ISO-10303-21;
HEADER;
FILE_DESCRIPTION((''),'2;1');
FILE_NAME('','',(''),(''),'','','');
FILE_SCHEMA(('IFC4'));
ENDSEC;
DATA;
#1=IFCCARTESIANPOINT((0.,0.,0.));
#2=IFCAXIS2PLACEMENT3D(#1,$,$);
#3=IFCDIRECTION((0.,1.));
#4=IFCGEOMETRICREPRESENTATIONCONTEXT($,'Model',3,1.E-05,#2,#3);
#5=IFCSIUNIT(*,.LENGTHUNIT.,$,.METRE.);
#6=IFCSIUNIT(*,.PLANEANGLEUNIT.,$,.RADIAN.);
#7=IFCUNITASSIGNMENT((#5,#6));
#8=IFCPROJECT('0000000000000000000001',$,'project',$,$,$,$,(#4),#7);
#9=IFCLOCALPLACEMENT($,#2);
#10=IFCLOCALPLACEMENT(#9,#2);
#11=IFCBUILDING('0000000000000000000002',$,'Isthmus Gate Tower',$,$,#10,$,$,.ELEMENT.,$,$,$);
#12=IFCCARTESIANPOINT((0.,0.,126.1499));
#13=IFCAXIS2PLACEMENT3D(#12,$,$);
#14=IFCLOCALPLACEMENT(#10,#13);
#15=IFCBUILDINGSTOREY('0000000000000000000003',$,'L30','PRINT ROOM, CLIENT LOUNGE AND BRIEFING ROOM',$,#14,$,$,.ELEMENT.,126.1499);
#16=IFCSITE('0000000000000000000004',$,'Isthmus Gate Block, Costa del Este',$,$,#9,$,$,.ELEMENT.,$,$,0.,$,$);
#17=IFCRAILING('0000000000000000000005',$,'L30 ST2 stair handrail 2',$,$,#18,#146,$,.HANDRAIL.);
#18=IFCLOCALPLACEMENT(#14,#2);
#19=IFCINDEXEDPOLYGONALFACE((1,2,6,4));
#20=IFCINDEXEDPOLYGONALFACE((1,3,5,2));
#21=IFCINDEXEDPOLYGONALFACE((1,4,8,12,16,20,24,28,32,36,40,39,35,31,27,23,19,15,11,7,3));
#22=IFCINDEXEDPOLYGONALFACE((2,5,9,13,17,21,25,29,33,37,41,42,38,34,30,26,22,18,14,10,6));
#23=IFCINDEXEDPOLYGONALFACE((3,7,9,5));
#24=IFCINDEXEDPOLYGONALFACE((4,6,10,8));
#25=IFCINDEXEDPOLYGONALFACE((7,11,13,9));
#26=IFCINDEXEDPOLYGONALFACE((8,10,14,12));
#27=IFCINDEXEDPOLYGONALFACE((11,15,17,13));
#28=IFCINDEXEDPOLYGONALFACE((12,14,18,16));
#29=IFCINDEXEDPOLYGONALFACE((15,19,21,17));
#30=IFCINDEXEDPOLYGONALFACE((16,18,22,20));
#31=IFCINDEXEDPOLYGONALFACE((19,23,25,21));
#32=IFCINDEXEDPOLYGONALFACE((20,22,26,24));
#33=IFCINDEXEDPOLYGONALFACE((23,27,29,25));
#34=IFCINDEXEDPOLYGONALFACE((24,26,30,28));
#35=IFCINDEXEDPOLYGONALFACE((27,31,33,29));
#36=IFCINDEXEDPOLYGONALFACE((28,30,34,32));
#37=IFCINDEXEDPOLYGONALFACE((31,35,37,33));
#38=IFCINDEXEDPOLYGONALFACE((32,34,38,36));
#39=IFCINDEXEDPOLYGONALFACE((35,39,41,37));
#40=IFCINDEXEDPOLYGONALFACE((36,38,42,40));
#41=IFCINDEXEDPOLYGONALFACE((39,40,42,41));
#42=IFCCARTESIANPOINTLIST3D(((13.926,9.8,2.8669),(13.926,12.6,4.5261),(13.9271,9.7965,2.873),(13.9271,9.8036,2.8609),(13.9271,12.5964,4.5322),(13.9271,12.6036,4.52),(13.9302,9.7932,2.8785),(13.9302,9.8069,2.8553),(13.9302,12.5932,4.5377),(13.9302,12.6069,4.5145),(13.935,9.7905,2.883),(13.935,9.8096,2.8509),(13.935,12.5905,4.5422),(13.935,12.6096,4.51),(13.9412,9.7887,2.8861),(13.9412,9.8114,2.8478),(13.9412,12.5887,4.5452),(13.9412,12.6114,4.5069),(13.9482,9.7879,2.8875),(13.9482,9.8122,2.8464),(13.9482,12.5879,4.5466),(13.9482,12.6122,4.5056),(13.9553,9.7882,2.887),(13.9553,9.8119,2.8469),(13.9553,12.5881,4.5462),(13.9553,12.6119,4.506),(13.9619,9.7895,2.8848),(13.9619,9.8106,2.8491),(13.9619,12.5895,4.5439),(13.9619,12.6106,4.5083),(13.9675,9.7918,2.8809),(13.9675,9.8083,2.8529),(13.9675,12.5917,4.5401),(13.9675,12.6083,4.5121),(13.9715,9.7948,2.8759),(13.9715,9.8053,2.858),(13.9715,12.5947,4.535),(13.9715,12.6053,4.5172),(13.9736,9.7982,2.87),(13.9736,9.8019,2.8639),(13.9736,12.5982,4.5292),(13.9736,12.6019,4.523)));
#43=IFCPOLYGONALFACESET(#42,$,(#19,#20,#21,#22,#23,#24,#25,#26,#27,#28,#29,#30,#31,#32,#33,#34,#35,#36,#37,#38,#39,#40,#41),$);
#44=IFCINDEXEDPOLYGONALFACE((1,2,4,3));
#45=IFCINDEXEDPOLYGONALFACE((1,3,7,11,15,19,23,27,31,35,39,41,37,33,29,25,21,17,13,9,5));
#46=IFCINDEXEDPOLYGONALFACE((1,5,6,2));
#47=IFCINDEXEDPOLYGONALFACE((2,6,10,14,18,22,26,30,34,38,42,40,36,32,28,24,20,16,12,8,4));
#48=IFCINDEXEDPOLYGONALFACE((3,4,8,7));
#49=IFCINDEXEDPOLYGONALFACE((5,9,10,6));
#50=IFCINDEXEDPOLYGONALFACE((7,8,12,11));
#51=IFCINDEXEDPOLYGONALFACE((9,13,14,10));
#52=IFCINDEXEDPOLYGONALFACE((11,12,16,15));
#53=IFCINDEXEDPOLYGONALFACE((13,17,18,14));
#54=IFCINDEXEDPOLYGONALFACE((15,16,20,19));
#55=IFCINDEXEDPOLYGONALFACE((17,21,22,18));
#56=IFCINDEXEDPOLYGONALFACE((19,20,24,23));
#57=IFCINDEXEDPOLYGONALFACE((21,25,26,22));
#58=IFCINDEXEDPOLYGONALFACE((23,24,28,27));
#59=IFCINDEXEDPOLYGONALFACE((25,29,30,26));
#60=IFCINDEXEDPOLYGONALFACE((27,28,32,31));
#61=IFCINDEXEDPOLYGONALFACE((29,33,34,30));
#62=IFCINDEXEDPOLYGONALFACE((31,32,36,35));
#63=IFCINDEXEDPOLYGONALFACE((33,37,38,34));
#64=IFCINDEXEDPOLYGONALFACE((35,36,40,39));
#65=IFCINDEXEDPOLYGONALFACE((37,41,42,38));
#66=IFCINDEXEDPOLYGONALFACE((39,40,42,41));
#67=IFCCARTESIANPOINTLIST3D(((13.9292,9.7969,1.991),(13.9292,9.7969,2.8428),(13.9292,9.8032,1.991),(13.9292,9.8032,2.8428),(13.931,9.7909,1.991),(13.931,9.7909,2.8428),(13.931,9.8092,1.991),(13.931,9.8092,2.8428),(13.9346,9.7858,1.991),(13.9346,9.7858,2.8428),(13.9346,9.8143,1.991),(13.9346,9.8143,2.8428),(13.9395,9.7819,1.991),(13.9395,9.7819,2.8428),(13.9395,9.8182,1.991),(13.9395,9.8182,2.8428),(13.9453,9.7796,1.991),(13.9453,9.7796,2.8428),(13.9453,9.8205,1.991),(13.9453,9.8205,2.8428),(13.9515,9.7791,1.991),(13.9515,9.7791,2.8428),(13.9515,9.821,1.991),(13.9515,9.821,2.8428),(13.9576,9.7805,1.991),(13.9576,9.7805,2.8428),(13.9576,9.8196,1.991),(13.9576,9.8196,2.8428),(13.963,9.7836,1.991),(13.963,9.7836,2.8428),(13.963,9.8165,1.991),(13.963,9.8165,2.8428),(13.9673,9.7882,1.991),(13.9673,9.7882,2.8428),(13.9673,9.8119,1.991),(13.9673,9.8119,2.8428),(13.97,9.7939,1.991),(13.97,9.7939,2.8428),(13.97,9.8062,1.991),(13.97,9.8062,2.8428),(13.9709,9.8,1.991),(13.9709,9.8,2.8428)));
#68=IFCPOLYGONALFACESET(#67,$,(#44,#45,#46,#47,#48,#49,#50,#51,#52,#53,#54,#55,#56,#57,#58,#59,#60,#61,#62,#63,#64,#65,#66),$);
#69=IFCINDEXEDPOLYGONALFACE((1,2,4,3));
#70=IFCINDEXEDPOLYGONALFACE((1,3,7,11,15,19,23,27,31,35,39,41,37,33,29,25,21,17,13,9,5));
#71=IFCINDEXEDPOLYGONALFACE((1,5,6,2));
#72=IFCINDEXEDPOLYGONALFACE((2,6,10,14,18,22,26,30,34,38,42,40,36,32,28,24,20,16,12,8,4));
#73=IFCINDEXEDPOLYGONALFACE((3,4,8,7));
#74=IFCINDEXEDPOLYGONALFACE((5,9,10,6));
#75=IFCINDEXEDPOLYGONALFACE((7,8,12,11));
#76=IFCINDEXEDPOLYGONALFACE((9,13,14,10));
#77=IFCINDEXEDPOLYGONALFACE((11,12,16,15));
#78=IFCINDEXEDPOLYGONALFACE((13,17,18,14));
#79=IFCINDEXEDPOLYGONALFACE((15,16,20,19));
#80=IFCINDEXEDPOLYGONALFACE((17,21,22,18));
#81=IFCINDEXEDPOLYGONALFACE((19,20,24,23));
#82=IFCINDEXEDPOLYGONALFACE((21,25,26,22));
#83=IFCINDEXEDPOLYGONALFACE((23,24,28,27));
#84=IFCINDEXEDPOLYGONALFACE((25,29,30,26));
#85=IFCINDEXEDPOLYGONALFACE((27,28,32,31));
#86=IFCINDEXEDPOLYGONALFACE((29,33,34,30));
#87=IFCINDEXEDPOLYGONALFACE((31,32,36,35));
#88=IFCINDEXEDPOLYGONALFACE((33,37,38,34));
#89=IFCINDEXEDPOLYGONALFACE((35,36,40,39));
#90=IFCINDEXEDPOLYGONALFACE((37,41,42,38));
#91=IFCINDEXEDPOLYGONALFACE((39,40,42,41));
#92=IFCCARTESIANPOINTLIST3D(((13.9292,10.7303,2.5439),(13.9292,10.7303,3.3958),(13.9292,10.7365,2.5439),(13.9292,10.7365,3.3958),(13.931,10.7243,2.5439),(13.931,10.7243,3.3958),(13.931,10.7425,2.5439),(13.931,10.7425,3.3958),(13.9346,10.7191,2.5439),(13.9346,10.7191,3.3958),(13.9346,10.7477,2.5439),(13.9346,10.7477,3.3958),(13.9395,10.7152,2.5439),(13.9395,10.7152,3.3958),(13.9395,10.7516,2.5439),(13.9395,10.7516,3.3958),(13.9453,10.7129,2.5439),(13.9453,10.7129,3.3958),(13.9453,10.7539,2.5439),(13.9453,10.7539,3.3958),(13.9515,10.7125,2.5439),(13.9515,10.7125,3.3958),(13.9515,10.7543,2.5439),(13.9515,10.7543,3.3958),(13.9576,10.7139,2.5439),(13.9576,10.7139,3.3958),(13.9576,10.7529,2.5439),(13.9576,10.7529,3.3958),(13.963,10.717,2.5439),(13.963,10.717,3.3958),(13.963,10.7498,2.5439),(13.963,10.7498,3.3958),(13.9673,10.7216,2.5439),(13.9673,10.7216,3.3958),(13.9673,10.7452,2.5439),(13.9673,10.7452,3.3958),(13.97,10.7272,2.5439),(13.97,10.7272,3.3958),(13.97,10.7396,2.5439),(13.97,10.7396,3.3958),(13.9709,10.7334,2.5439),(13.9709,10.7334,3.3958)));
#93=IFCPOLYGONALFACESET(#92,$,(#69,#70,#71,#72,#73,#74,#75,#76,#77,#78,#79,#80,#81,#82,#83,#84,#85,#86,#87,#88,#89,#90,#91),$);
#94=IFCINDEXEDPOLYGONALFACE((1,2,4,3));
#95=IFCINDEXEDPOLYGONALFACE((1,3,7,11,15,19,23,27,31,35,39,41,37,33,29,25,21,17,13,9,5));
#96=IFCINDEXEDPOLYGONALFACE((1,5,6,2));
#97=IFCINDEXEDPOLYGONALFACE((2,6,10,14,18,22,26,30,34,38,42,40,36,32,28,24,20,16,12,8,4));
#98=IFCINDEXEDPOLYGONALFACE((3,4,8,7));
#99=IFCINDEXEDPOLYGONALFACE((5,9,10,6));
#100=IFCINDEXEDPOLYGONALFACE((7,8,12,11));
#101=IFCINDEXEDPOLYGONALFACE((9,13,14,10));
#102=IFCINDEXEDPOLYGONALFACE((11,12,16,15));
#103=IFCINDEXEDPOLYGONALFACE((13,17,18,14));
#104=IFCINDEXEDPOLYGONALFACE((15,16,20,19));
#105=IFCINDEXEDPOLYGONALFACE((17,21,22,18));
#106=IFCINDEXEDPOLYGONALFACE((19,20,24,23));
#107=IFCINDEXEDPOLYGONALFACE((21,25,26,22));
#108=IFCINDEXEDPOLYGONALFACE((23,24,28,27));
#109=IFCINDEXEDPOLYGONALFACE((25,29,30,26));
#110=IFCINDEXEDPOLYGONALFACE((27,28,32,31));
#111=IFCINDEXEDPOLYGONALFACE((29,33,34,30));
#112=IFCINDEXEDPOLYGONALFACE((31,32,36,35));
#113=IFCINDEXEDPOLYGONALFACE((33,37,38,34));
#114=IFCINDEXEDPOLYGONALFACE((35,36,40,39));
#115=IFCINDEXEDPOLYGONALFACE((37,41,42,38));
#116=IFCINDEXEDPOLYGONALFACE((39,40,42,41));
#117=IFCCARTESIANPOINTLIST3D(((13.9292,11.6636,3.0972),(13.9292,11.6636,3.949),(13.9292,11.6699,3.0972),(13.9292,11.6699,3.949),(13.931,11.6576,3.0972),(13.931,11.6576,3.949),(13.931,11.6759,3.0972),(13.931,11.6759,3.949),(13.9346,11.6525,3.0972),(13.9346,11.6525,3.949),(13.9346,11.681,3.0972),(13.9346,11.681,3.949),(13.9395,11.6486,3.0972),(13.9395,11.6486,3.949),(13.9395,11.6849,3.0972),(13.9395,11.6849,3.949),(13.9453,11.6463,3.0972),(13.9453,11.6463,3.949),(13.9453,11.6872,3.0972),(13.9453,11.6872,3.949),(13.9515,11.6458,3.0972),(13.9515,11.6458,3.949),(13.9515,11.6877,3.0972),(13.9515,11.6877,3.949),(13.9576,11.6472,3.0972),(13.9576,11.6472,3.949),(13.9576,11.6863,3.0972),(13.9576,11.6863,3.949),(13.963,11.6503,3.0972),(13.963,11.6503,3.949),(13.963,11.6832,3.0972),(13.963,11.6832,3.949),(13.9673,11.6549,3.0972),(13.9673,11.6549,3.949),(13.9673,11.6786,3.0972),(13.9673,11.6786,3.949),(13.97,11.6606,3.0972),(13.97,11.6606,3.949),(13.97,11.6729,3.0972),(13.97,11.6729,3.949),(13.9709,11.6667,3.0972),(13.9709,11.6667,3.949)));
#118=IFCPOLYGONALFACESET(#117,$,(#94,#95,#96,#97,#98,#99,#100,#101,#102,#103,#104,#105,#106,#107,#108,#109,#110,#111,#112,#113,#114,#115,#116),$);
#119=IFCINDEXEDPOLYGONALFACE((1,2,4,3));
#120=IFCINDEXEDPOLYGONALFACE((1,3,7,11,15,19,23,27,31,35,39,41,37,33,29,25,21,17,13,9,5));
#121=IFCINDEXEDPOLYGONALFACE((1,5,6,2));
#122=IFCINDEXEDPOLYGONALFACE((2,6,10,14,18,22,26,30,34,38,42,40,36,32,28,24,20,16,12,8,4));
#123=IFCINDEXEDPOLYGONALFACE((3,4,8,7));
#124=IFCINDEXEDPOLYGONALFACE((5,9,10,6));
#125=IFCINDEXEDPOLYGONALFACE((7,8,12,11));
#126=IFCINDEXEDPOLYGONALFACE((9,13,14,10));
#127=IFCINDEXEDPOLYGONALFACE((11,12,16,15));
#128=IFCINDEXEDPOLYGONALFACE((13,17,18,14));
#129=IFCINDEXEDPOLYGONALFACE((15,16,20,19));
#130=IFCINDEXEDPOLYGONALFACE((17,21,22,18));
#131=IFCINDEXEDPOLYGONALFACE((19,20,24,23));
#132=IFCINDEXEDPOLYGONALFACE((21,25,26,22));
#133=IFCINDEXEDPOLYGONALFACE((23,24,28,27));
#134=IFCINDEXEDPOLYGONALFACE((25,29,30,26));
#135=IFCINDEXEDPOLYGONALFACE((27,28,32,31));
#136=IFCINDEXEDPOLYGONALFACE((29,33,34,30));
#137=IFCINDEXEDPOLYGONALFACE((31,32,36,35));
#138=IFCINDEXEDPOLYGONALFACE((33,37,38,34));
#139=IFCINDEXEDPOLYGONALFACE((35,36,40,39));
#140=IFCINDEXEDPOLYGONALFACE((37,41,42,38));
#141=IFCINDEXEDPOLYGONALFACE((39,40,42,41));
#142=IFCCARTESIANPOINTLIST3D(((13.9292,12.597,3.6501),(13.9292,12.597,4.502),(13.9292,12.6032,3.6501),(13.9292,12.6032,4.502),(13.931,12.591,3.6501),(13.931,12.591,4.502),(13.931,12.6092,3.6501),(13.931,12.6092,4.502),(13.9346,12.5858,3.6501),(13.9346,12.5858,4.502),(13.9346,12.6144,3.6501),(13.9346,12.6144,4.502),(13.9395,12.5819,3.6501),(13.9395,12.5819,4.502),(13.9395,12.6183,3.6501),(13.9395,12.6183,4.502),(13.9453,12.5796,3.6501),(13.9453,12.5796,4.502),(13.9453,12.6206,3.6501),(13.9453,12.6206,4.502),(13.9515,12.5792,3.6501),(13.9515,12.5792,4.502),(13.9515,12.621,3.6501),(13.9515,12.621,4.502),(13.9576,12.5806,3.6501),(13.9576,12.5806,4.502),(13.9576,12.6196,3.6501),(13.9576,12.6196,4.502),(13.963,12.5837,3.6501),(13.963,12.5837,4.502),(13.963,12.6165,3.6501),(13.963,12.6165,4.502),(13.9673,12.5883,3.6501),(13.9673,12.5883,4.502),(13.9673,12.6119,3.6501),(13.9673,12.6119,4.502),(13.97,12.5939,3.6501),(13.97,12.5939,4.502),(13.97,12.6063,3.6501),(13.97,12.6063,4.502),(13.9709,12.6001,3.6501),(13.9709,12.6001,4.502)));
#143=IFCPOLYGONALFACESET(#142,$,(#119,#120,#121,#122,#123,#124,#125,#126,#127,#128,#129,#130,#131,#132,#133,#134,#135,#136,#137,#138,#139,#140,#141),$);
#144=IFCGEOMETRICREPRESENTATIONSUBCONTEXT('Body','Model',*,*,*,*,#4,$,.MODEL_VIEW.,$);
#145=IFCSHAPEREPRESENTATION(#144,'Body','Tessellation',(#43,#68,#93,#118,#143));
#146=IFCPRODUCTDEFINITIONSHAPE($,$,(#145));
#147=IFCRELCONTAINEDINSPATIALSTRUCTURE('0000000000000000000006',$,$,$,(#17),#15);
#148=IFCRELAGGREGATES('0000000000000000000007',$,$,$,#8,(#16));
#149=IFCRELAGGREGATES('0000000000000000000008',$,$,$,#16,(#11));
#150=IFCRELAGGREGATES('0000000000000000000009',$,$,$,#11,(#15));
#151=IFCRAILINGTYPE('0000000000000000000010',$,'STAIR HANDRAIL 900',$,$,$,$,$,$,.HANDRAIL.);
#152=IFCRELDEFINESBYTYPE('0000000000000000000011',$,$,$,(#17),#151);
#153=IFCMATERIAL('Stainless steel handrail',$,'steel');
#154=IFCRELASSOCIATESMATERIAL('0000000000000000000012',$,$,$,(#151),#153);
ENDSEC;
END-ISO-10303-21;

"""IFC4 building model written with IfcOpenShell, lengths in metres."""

from ifc_helpers import new_model, si_unit, direction, frame, origin, origin_2d, place, context, subcontext, project, spatial, circle, extrude, material, type_object, element, save


model = new_model("IFC4")

# Units and contexts
model_context = context("Model", 3, precision=1e-05, world=origin(), true_north=direction((0.0, 1.0)))
body_context = subcontext(model_context, "Body", "Model", "MODEL_VIEW")
ifc_project = project(units=[si_unit("LENGTHUNIT", "METRE"), si_unit("PLANEANGLEUNIT", "RADIAN")], contexts=[model_context])

# Site, building, storey
site_placement = place(None, origin())
site = spatial("IfcSite", under=ifc_project, at=site_placement, Name="Isthmus Gate Block, Costa del Este", CompositionType="ELEMENT", RefElevation=0.0)
building_placement = place(site_placement, origin())
building = spatial("IfcBuilding", under=site, at=building_placement, Name="Isthmus Gate Tower", CompositionType="ELEMENT")
storey_placement = place(building_placement, frame((0.0, 0.0, 126.1499)))
storey = spatial("IfcBuildingStorey", under=building, at=storey_placement, Name="L30", Description="PRINT ROOM, CLIENT LOUNGE AND BRIEFING ROOM", CompositionType="ELEMENT", Elevation=126.1499)

# Railing
ifc_material_1 = material(Name="Stainless steel handrail", Category="steel")
railing_type_1 = type_object("IfcRailingType", Name="STAIR HANDRAIL 900", PredefinedType="HANDRAIL", material=ifc_material_1)
railing_1_placement = place(storey_placement, frame((13.95, 9.8, 1.991)))
element("IfcRailing", 1, at=railing_1_placement, inside=storey, type_object=railing_type_1, Name="L30 ST2 stair handrail 2", PredefinedType="HANDRAIL", context=body_context, shape_type="SweptSolid", body=[
    extrude(circle(Radius=0.0239, at=origin_2d()), frame((0.0, 0.0, 0.876), z_axis=(0.0, 0.860306, 0.509778), x_axis=(-1.0, 0.0, 0.0)), (0.0, 0.0, 1.0), 3.2546),
    extrude(circle(Radius=0.021, at=origin_2d()), origin(), (0.0, 0.0, 1.0), 0.8518),
    extrude(circle(Radius=0.021, at=origin_2d()), frame((0.0, 0.9333, 0.553)), (0.0, 0.0, 1.0), 0.8518),
    extrude(circle(Radius=0.021, at=origin_2d()), frame((0.0, 1.8667, 1.1062)), (0.0, 0.0, 1.0), 0.8518),
    extrude(circle(Radius=0.021, at=origin_2d()), frame((0.0, 2.8, 1.6592)), (0.0, 0.0, 1.0), 0.8518),
])

save(model, "model.ifc")
